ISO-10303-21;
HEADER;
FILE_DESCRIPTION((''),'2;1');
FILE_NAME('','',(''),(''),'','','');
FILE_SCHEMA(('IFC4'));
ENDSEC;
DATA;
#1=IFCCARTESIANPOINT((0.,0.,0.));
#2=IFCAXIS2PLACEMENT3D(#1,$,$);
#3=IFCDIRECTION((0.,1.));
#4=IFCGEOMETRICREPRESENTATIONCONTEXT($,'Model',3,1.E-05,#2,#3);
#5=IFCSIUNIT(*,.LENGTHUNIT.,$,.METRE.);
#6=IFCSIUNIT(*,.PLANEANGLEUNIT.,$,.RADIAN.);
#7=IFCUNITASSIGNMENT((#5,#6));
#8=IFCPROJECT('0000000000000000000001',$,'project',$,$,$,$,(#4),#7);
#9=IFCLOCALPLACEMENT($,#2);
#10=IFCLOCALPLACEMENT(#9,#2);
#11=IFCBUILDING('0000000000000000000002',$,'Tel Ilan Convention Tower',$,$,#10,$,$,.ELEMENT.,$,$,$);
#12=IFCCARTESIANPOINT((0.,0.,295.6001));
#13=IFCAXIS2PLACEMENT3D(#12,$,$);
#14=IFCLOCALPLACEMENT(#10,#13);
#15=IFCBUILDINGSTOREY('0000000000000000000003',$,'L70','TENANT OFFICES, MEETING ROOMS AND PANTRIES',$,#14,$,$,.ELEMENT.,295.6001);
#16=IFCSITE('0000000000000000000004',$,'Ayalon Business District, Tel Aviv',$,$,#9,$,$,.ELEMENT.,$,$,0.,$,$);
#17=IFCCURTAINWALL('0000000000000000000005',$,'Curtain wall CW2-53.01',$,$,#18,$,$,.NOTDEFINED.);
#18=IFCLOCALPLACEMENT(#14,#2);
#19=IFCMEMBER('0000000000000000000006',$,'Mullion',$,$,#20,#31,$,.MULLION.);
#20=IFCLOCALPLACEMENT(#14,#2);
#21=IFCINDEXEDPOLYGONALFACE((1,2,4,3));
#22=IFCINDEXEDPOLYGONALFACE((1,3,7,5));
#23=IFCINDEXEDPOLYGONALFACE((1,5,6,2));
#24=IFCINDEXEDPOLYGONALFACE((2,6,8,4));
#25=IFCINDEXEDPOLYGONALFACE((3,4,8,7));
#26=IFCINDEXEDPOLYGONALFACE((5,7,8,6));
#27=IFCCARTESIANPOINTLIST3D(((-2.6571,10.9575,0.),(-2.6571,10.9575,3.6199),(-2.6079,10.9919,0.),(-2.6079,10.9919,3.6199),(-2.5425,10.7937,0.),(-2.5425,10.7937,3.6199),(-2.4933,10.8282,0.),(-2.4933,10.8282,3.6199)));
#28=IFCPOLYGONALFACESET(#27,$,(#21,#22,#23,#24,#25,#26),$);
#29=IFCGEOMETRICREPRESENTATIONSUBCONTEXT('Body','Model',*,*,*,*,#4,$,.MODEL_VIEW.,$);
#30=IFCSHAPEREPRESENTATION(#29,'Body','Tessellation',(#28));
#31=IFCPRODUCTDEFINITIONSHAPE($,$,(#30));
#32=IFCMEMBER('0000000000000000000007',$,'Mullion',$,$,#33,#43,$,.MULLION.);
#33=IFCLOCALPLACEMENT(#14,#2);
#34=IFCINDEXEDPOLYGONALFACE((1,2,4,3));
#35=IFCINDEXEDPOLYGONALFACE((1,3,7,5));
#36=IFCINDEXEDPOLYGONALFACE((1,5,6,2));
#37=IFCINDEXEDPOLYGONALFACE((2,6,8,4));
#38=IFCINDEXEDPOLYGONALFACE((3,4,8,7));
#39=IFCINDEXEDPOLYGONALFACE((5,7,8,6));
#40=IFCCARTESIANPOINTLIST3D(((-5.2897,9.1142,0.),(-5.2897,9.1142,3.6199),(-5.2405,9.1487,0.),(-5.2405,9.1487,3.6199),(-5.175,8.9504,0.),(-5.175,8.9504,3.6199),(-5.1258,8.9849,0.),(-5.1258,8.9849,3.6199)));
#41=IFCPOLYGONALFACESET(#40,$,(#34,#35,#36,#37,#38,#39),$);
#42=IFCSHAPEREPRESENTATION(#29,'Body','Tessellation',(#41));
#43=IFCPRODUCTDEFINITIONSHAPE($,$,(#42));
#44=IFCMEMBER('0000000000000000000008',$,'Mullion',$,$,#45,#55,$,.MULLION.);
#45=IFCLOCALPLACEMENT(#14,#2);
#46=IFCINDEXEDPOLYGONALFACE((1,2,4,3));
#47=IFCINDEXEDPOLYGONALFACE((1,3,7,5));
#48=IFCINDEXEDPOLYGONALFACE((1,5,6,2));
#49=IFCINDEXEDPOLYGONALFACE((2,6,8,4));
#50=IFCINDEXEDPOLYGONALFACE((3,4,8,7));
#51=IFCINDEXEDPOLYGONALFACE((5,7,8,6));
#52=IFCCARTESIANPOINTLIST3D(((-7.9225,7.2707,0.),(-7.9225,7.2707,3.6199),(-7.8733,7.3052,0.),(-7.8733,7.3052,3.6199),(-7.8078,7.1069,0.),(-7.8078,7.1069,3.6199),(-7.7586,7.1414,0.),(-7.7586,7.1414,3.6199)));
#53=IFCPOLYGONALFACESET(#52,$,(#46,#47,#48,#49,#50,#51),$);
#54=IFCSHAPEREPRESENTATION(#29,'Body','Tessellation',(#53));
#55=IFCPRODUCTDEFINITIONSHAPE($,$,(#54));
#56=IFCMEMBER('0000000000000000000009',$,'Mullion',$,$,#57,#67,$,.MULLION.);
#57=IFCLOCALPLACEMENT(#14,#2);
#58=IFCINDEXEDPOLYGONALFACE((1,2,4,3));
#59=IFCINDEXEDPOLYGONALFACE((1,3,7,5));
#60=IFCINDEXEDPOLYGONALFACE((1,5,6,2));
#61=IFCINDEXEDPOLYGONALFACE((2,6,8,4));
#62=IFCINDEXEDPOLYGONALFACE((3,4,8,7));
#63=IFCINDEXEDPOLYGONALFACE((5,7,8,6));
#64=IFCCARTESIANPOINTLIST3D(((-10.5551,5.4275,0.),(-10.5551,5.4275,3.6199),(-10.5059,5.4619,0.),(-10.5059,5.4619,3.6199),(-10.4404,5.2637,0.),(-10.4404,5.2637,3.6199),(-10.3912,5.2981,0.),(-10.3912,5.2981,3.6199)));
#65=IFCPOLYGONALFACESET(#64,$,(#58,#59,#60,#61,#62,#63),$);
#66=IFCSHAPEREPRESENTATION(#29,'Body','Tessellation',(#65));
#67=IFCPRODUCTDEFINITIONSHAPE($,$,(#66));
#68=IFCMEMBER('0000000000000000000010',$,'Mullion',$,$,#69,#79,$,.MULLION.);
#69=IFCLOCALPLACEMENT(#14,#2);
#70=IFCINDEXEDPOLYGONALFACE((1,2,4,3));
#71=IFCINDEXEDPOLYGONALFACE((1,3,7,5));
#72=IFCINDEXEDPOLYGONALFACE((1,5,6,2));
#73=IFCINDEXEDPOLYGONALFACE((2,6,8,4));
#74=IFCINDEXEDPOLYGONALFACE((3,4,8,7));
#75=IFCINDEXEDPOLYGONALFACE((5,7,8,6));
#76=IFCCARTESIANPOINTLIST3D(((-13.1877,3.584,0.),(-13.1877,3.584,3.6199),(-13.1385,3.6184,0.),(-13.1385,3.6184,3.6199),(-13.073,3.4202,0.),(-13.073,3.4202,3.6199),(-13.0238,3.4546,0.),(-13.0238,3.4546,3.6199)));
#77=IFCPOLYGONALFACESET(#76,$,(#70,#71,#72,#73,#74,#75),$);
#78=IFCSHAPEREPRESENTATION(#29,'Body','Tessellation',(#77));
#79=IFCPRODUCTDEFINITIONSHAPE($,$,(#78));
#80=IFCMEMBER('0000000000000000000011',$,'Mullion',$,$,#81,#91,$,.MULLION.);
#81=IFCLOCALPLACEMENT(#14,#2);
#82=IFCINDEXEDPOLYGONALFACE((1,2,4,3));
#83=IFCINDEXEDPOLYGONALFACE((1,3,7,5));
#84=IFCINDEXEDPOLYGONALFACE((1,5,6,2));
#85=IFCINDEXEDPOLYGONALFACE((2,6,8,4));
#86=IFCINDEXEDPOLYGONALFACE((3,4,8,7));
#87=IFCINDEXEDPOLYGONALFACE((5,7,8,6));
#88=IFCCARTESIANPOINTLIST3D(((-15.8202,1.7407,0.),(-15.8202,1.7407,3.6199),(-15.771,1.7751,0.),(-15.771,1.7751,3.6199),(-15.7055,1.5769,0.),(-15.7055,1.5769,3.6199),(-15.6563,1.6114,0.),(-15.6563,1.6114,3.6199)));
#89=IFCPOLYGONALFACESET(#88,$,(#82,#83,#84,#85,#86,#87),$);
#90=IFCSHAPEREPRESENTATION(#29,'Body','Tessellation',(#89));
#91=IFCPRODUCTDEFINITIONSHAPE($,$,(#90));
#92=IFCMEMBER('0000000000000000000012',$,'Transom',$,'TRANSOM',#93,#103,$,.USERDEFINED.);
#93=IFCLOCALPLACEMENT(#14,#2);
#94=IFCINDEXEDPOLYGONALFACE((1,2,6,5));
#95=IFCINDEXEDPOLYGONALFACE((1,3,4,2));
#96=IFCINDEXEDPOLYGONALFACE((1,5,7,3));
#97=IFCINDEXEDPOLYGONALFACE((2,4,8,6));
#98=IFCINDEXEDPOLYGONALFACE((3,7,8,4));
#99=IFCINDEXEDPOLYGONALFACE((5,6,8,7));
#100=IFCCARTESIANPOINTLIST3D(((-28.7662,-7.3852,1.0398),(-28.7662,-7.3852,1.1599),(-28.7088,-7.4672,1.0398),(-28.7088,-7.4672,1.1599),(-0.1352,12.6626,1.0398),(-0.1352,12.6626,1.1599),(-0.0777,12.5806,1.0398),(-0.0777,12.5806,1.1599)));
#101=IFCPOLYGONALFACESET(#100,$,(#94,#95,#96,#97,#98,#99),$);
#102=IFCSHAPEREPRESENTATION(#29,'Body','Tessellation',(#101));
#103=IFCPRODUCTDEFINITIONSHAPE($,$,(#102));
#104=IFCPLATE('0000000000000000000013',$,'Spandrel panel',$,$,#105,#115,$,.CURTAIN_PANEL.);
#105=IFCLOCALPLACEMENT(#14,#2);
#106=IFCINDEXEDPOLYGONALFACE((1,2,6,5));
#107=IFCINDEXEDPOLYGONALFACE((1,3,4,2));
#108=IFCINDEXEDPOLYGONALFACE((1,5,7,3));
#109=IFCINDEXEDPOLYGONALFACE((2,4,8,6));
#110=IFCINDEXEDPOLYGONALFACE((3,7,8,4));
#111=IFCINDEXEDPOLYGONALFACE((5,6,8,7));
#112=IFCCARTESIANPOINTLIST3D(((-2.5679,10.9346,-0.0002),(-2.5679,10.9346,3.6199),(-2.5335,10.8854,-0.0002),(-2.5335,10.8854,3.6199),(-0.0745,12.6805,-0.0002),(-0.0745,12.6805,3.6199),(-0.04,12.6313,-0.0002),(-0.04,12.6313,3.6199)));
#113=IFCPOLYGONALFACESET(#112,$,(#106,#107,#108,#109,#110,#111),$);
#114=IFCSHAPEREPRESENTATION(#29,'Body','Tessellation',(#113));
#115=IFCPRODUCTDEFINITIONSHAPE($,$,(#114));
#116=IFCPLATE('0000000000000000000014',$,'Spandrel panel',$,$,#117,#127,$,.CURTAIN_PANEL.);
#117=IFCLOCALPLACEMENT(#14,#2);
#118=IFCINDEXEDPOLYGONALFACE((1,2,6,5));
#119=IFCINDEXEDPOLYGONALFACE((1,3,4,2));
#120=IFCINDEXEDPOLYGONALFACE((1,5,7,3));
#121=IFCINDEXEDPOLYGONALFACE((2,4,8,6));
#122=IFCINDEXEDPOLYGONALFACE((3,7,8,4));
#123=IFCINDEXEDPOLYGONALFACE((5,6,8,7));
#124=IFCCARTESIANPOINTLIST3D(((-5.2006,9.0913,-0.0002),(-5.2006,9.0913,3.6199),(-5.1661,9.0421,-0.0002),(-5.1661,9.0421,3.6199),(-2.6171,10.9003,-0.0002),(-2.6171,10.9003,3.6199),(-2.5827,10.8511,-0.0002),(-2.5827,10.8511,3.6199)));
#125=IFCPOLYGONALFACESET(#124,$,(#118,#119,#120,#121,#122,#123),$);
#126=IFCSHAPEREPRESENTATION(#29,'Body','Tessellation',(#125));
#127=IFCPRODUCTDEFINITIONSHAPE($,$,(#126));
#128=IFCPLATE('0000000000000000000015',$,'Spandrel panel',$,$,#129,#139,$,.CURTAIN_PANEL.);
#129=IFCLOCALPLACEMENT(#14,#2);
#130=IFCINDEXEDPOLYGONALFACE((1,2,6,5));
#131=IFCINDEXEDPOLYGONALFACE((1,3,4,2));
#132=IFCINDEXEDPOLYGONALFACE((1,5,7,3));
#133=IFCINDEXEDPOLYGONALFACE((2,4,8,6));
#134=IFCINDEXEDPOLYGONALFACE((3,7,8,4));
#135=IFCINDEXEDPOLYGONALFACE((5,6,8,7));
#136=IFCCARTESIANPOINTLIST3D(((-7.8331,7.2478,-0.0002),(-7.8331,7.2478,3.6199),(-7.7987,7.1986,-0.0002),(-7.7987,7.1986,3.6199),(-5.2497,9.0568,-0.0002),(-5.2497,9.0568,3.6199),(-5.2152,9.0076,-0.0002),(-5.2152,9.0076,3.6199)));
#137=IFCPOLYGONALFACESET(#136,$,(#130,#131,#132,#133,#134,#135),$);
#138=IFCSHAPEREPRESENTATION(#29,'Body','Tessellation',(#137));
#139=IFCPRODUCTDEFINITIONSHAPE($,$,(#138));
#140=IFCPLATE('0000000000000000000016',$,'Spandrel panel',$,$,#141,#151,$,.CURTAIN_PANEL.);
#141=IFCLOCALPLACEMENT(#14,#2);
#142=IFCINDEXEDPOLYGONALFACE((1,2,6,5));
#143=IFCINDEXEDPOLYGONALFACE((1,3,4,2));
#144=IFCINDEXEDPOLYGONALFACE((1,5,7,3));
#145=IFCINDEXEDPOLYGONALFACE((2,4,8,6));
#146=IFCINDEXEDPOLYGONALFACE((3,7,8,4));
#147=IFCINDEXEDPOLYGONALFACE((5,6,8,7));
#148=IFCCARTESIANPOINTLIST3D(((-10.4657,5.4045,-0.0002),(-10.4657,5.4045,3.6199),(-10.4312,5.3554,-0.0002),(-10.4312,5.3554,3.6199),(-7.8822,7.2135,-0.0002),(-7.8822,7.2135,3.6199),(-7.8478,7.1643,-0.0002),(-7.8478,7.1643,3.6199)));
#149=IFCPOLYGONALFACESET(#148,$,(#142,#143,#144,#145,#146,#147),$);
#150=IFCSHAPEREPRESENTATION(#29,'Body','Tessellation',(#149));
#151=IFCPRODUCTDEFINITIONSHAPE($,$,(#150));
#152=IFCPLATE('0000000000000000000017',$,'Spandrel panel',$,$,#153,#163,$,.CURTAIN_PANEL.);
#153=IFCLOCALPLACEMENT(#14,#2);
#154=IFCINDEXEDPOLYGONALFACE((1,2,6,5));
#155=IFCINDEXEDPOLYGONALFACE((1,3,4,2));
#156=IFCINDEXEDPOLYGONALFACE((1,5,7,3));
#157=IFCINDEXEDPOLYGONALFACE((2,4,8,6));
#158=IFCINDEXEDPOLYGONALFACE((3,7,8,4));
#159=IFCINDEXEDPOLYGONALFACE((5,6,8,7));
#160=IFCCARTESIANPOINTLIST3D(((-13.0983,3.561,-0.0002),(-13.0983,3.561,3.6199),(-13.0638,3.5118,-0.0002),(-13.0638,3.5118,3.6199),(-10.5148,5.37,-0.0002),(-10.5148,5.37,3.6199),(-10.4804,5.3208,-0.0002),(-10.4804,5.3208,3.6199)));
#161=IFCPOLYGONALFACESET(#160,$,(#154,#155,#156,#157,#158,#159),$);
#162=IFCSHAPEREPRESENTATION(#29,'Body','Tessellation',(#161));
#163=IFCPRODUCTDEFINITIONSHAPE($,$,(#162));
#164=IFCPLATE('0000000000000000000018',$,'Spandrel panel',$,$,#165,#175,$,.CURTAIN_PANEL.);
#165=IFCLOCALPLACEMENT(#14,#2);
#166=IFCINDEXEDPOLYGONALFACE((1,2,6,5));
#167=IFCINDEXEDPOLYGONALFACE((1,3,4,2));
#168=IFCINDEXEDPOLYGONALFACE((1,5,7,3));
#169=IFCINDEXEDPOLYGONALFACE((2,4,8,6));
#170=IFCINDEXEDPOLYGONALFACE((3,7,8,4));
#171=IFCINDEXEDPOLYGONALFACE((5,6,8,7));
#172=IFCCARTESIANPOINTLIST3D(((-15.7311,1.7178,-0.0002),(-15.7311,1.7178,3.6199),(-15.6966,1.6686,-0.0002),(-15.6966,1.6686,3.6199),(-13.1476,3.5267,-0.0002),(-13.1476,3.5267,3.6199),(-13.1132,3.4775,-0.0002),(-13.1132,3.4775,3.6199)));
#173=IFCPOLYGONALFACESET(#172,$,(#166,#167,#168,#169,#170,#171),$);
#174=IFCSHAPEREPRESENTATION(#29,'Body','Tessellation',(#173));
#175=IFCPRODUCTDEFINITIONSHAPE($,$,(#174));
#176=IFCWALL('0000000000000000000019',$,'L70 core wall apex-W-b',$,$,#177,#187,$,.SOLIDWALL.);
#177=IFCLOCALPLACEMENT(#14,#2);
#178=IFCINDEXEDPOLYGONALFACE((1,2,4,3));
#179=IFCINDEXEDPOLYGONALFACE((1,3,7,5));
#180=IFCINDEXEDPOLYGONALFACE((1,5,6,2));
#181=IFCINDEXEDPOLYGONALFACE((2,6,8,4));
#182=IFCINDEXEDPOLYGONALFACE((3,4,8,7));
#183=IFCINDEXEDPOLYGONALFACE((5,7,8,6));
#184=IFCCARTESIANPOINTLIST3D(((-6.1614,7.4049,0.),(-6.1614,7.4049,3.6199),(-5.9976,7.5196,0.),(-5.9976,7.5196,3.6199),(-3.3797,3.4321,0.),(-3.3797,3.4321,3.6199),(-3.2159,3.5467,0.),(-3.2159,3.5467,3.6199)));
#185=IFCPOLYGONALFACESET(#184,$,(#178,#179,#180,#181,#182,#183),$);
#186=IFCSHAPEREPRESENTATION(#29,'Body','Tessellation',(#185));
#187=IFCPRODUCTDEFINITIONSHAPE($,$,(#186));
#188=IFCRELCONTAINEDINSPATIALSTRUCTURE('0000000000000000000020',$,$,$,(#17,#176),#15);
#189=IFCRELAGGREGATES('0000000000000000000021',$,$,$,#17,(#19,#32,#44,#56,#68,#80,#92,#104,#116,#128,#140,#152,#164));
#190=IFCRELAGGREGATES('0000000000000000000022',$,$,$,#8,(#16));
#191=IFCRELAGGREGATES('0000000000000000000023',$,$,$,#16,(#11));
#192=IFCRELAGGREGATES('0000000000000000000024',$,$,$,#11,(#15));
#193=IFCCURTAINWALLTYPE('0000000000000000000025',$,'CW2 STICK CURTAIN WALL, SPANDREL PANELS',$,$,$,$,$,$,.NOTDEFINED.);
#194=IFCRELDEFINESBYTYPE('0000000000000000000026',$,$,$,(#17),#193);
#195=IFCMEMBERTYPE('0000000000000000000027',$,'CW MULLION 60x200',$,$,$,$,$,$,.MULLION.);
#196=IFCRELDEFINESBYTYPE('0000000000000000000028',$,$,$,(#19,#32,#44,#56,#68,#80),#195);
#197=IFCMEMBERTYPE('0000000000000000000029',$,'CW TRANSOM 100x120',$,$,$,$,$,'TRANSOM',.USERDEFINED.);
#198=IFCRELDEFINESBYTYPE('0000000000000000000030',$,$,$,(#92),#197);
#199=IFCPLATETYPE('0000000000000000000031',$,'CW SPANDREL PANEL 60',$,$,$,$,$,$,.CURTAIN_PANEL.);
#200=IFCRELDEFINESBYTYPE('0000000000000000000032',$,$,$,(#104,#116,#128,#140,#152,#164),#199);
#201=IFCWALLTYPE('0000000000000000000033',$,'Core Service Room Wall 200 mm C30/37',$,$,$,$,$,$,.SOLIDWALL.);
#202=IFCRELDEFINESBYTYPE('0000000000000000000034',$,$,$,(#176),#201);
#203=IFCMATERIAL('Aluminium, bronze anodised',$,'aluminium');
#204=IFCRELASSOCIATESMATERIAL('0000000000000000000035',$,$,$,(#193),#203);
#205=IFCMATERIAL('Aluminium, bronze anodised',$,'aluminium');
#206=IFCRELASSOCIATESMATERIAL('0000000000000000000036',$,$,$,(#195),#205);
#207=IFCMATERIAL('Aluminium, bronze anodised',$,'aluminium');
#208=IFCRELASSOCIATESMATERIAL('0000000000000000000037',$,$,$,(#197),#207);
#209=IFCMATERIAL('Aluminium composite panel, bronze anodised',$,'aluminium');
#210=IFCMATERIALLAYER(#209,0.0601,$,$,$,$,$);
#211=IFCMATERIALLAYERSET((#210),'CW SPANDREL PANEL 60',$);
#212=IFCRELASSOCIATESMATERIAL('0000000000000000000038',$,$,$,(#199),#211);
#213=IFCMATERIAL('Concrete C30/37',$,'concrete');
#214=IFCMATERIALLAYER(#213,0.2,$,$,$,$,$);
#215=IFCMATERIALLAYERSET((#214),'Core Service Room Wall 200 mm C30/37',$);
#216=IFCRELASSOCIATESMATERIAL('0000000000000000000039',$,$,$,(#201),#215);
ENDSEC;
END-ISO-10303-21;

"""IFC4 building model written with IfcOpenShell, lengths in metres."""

from ifc_helpers import new_model, si_unit, direction, frame, frame_2d, origin, origin_2d, place, context, subcontext, project, spatial, rectangle, extrude, material, layer, layer_set, material_profile, profile_set, type_object, element, aggregate, save


model = new_model("IFC4")

# Units and contexts
model_context = context("Model", 3, precision=1e-05, world=origin(), true_north=direction((0.0, 1.0)))
body_context = subcontext(model_context, "Body", "Model", "MODEL_VIEW")
ifc_project = project(units=[si_unit("LENGTHUNIT", "METRE"), si_unit("PLANEANGLEUNIT", "RADIAN")], contexts=[model_context])

# Site, building, storey
site_placement = place(None, origin())
site = spatial("IfcSite", under=ifc_project, at=site_placement, Name="Ayalon Business District, Tel Aviv", CompositionType="ELEMENT", RefElevation=0.0)
building_placement = place(site_placement, origin())
building = spatial("IfcBuilding", under=site, at=building_placement, Name="Tel Ilan Convention Tower", CompositionType="ELEMENT")
storey_placement = place(building_placement, frame((0.0, 0.0, 295.6001)))
storey = spatial("IfcBuildingStorey", under=building, at=storey_placement, Name="L70", Description="TENANT OFFICES, MEETING ROOMS AND PANTRIES", CompositionType="ELEMENT", Elevation=295.6001)

# Curtain wall, members, plates
ifc_material_1 = material(Name="Aluminium, bronze anodised", Category="aluminium")
curtain_wall_type = type_object("IfcCurtainWallType", Name="CW2 STICK CURTAIN WALL, SPANDREL PANELS", PredefinedType="NOTDEFINED", material=ifc_material_1)
curtain_wall_placement = place(storey_placement, origin())
curtain_wall = element("IfcCurtainWall", 1, at=curtain_wall_placement, inside=storey, type_object=curtain_wall_type, Name="Curtain wall CW2-53.01", PredefinedType="NOTDEFINED")
ifc_material_2 = material(Name="Aluminium, bronze anodised", Category="aluminium")
ifc_material_profile_1 = material_profile(ifc_material_2, rectangle(XDim=0.0601, YDim=0.2, at=origin_2d()), Name="CW MULLION 60x200")
ifc_profile_set_1 = profile_set([ifc_material_profile_1], Name="Aluminium, bronze anodised")
member_type_1 = type_object("IfcMemberType", Name="CW MULLION 60x200", PredefinedType="MULLION", material=ifc_profile_set_1)
member_1_placement = place(storey_placement, frame((-2.5752, 10.8928, 0.0), z_axis=(0.0, 0.0, 1.0), x_axis=(-0.819152, -0.573576, 0.0)))
member_1 = element("IfcMember", 2, at=member_1_placement, type_object=member_type_1, Name="Mullion", PredefinedType="MULLION", context=body_context, shape_type="SweptSolid", body=[
    extrude(rectangle(XDim=0.0601, YDim=0.2, at=origin_2d()), origin(), (0.0, 0.0, 1.0), 3.6199),
])
member_2_placement = place(storey_placement, frame((-5.2078, 9.0496, 0.0), z_axis=(0.0, 0.0, 1.0), x_axis=(-0.819152, -0.573576, 0.0)))
member_2 = element("IfcMember", 3, at=member_2_placement, type_object=member_type_1, Name="Mullion", PredefinedType="MULLION", context=body_context, shape_type="SweptSolid", body=[
    extrude(rectangle(XDim=0.0601, YDim=0.2, at=origin_2d()), origin(), (0.0, 0.0, 1.0), 3.6199),
])
member_3_placement = place(storey_placement, frame((-7.8406, 7.2061, 0.0), z_axis=(0.0, 0.0, 1.0), x_axis=(-0.819152, -0.573576, 0.0)))
member_3 = element("IfcMember", 4, at=member_3_placement, type_object=member_type_1, Name="Mullion", PredefinedType="MULLION", context=body_context, shape_type="SweptSolid", body=[
    extrude(rectangle(XDim=0.0601, YDim=0.2, at=origin_2d()), origin(), (0.0, 0.0, 1.0), 3.6199),
])
member_4_placement = place(storey_placement, frame((-10.4731, 5.3628, 0.0), z_axis=(0.0, 0.0, 1.0), x_axis=(-0.819152, -0.573576, 0.0)))
member_4 = element("IfcMember", 5, at=member_4_placement, type_object=member_type_1, Name="Mullion", PredefinedType="MULLION", context=body_context, shape_type="SweptSolid", body=[
    extrude(rectangle(XDim=0.0601, YDim=0.2, at=origin_2d()), origin(), (0.0, 0.0, 1.0), 3.6199),
])
member_5_placement = place(storey_placement, frame((-13.1057, 3.5193, 0.0), z_axis=(0.0, 0.0, 1.0), x_axis=(-0.819152, -0.573576, 0.0)))
member_5 = element("IfcMember", 6, at=member_5_placement, type_object=member_type_1, Name="Mullion", PredefinedType="MULLION", context=body_context, shape_type="SweptSolid", body=[
    extrude(rectangle(XDim=0.0601, YDim=0.2, at=origin_2d()), origin(), (0.0, 0.0, 1.0), 3.6199),
])
member_6_placement = place(storey_placement, frame((-15.7383, 1.676, 0.0), z_axis=(0.0, 0.0, 1.0), x_axis=(-0.819152, -0.573576, 0.0)))
member_6 = element("IfcMember", 7, at=member_6_placement, type_object=member_type_1, Name="Mullion", PredefinedType="MULLION", context=body_context, shape_type="SweptSolid", body=[
    extrude(rectangle(XDim=0.0601, YDim=0.2, at=origin_2d()), origin(), (0.0, 0.0, 1.0), 3.6199),
])
ifc_material_3 = material(Name="Aluminium, bronze anodised", Category="aluminium")
ifc_material_profile_2 = material_profile(ifc_material_3, rectangle(XDim=0.1001, YDim=0.1201, at=origin_2d()), Name="CW TRANSOM 100x120")
ifc_profile_set_2 = profile_set([ifc_material_profile_2], Name="Aluminium, bronze anodised")
member_type_2 = type_object("IfcMemberType", Name="CW TRANSOM 100x120", ElementType="TRANSOM", PredefinedType="USERDEFINED", material=ifc_profile_set_2)
member_7_placement = place(storey_placement, frame((-0.1064, 12.6216, 1.0999), z_axis=(-0.81915, -0.573579, 0.0), x_axis=(0.573579, -0.81915, 0.0)))
member_7 = element("IfcMember", 8, at=member_7_placement, type_object=member_type_2, Name="Transom", ObjectType="TRANSOM", PredefinedType="USERDEFINED", context=body_context, shape_type="SweptSolid", body=[
    extrude(rectangle(XDim=0.1001, YDim=0.1201, at=origin_2d()), origin(), (0.0, 0.0, 1.0), 34.9521),
])
ifc_material_4 = material(Name="Aluminium composite panel, bronze anodised", Category="aluminium")
ifc_layer_1 = layer(ifc_material_4, 0.0601)
ifc_layer_set_1 = layer_set([ifc_layer_1], Name="CW SPANDREL PANEL 60")
plate_type = type_object("IfcPlateType", Name="CW SPANDREL PANEL 60", PredefinedType="CURTAIN_PANEL", material=ifc_layer_set_1)
plate_1_placement = place(storey_placement, frame((-1.304, 11.783, -0.0002), z_axis=(0.0, 0.0, 1.0), x_axis=(-0.819152, -0.573576, 0.0)))
plate_1 = element("IfcPlate", 9, at=plate_1_placement, type_object=plate_type, Name="Spandrel panel", PredefinedType="CURTAIN_PANEL", context=body_context, shape_type="SweptSolid", body=[
    extrude(rectangle(XDim=3.0439, YDim=0.0601, at=origin_2d()), origin(), (0.0, 0.0, 1.0), 3.6201),
])
plate_2_placement = place(storey_placement, frame((-3.8916, 9.9712, -0.0002), z_axis=(0.0, 0.0, 1.0), x_axis=(-0.819152, -0.573576, 0.0)))
plate_2 = element("IfcPlate", 10, at=plate_2_placement, type_object=plate_type, Name="Spandrel panel", PredefinedType="CURTAIN_PANEL", context=body_context, shape_type="SweptSolid", body=[
    extrude(rectangle(XDim=3.1538, YDim=0.0601, at=origin_2d()), origin(), (0.0, 0.0, 1.0), 3.6201),
])
plate_3_placement = place(storey_placement, frame((-6.5242, 8.1277, -0.0002), z_axis=(0.0, 0.0, 1.0), x_axis=(-0.819152, -0.573576, 0.0)))
plate_3 = element("IfcPlate", 11, at=plate_3_placement, type_object=plate_type, Name="Spandrel panel", PredefinedType="CURTAIN_PANEL", context=body_context, shape_type="SweptSolid", body=[
    extrude(rectangle(XDim=3.1538, YDim=0.0601, at=origin_2d()), origin(), (0.0, 0.0, 1.0), 3.6201),
])
plate_4_placement = place(storey_placement, frame((-9.1567, 6.2844, -0.0002), z_axis=(0.0, 0.0, 1.0), x_axis=(-0.819152, -0.573576, 0.0)))
plate_4 = element("IfcPlate", 12, at=plate_4_placement, type_object=plate_type, Name="Spandrel panel", PredefinedType="CURTAIN_PANEL", context=body_context, shape_type="SweptSolid", body=[
    extrude(rectangle(XDim=3.1538, YDim=0.0601, at=origin_2d()), origin(), (0.0, 0.0, 1.0), 3.6201),
])
plate_5_placement = place(storey_placement, frame((-11.7893, 4.4409, -0.0002), z_axis=(0.0, 0.0, 1.0), x_axis=(-0.819152, -0.573576, 0.0)))
plate_5 = element("IfcPlate", 13, at=plate_5_placement, type_object=plate_type, Name="Spandrel panel", PredefinedType="CURTAIN_PANEL", context=body_context, shape_type="SweptSolid", body=[
    extrude(rectangle(XDim=3.1538, YDim=0.0601, at=origin_2d()), origin(), (0.0, 0.0, 1.0), 3.6201),
])
plate_6_placement = place(storey_placement, frame((-14.4221, 2.5977, -0.0002), z_axis=(0.0, 0.0, 1.0), x_axis=(-0.819152, -0.573576, 0.0)))
plate_6 = element("IfcPlate", 14, at=plate_6_placement, type_object=plate_type, Name="Spandrel panel", PredefinedType="CURTAIN_PANEL", context=body_context, shape_type="SweptSolid", body=[
    extrude(rectangle(XDim=3.1538, YDim=0.0601, at=origin_2d()), origin(), (0.0, 0.0, 1.0), 3.6201),
])
aggregate(curtain_wall, [member_1, member_2, member_3, member_4, member_5, member_6, member_7, plate_1, plate_2, plate_3, plate_4, plate_5, plate_6])

# Wall
ifc_material_5 = material(Name="Concrete C30/37", Category="concrete")
ifc_layer_2 = layer(ifc_material_5, 0.2)
ifc_layer_set_2 = layer_set([ifc_layer_2], Name="Core Service Room Wall 200 mm C30/37")
wall_type_1 = type_object("IfcWallType", Name="Core Service Room Wall 200 mm C30/37", PredefinedType="SOLIDWALL", material=ifc_layer_set_2)
wall_1_placement = place(storey_placement, frame((-3.2979, 3.4895, 0.0), z_axis=(0.0, 0.0, 1.0), x_axis=(-0.57356, 0.819163, 0.0)))
element("IfcWall", 15, at=wall_1_placement, inside=storey, type_object=wall_type_1, Name="L70 core wall apex-W-b", PredefinedType="SOLIDWALL", context=body_context, shape_type="SweptSolid", body=[
    extrude(rectangle(XDim=4.8499, YDim=0.2, at=frame_2d((2.4248, 0.0))), origin(), (0.0, 0.0, 1.0), 3.6199),
])

save(model, "model.ifc")
